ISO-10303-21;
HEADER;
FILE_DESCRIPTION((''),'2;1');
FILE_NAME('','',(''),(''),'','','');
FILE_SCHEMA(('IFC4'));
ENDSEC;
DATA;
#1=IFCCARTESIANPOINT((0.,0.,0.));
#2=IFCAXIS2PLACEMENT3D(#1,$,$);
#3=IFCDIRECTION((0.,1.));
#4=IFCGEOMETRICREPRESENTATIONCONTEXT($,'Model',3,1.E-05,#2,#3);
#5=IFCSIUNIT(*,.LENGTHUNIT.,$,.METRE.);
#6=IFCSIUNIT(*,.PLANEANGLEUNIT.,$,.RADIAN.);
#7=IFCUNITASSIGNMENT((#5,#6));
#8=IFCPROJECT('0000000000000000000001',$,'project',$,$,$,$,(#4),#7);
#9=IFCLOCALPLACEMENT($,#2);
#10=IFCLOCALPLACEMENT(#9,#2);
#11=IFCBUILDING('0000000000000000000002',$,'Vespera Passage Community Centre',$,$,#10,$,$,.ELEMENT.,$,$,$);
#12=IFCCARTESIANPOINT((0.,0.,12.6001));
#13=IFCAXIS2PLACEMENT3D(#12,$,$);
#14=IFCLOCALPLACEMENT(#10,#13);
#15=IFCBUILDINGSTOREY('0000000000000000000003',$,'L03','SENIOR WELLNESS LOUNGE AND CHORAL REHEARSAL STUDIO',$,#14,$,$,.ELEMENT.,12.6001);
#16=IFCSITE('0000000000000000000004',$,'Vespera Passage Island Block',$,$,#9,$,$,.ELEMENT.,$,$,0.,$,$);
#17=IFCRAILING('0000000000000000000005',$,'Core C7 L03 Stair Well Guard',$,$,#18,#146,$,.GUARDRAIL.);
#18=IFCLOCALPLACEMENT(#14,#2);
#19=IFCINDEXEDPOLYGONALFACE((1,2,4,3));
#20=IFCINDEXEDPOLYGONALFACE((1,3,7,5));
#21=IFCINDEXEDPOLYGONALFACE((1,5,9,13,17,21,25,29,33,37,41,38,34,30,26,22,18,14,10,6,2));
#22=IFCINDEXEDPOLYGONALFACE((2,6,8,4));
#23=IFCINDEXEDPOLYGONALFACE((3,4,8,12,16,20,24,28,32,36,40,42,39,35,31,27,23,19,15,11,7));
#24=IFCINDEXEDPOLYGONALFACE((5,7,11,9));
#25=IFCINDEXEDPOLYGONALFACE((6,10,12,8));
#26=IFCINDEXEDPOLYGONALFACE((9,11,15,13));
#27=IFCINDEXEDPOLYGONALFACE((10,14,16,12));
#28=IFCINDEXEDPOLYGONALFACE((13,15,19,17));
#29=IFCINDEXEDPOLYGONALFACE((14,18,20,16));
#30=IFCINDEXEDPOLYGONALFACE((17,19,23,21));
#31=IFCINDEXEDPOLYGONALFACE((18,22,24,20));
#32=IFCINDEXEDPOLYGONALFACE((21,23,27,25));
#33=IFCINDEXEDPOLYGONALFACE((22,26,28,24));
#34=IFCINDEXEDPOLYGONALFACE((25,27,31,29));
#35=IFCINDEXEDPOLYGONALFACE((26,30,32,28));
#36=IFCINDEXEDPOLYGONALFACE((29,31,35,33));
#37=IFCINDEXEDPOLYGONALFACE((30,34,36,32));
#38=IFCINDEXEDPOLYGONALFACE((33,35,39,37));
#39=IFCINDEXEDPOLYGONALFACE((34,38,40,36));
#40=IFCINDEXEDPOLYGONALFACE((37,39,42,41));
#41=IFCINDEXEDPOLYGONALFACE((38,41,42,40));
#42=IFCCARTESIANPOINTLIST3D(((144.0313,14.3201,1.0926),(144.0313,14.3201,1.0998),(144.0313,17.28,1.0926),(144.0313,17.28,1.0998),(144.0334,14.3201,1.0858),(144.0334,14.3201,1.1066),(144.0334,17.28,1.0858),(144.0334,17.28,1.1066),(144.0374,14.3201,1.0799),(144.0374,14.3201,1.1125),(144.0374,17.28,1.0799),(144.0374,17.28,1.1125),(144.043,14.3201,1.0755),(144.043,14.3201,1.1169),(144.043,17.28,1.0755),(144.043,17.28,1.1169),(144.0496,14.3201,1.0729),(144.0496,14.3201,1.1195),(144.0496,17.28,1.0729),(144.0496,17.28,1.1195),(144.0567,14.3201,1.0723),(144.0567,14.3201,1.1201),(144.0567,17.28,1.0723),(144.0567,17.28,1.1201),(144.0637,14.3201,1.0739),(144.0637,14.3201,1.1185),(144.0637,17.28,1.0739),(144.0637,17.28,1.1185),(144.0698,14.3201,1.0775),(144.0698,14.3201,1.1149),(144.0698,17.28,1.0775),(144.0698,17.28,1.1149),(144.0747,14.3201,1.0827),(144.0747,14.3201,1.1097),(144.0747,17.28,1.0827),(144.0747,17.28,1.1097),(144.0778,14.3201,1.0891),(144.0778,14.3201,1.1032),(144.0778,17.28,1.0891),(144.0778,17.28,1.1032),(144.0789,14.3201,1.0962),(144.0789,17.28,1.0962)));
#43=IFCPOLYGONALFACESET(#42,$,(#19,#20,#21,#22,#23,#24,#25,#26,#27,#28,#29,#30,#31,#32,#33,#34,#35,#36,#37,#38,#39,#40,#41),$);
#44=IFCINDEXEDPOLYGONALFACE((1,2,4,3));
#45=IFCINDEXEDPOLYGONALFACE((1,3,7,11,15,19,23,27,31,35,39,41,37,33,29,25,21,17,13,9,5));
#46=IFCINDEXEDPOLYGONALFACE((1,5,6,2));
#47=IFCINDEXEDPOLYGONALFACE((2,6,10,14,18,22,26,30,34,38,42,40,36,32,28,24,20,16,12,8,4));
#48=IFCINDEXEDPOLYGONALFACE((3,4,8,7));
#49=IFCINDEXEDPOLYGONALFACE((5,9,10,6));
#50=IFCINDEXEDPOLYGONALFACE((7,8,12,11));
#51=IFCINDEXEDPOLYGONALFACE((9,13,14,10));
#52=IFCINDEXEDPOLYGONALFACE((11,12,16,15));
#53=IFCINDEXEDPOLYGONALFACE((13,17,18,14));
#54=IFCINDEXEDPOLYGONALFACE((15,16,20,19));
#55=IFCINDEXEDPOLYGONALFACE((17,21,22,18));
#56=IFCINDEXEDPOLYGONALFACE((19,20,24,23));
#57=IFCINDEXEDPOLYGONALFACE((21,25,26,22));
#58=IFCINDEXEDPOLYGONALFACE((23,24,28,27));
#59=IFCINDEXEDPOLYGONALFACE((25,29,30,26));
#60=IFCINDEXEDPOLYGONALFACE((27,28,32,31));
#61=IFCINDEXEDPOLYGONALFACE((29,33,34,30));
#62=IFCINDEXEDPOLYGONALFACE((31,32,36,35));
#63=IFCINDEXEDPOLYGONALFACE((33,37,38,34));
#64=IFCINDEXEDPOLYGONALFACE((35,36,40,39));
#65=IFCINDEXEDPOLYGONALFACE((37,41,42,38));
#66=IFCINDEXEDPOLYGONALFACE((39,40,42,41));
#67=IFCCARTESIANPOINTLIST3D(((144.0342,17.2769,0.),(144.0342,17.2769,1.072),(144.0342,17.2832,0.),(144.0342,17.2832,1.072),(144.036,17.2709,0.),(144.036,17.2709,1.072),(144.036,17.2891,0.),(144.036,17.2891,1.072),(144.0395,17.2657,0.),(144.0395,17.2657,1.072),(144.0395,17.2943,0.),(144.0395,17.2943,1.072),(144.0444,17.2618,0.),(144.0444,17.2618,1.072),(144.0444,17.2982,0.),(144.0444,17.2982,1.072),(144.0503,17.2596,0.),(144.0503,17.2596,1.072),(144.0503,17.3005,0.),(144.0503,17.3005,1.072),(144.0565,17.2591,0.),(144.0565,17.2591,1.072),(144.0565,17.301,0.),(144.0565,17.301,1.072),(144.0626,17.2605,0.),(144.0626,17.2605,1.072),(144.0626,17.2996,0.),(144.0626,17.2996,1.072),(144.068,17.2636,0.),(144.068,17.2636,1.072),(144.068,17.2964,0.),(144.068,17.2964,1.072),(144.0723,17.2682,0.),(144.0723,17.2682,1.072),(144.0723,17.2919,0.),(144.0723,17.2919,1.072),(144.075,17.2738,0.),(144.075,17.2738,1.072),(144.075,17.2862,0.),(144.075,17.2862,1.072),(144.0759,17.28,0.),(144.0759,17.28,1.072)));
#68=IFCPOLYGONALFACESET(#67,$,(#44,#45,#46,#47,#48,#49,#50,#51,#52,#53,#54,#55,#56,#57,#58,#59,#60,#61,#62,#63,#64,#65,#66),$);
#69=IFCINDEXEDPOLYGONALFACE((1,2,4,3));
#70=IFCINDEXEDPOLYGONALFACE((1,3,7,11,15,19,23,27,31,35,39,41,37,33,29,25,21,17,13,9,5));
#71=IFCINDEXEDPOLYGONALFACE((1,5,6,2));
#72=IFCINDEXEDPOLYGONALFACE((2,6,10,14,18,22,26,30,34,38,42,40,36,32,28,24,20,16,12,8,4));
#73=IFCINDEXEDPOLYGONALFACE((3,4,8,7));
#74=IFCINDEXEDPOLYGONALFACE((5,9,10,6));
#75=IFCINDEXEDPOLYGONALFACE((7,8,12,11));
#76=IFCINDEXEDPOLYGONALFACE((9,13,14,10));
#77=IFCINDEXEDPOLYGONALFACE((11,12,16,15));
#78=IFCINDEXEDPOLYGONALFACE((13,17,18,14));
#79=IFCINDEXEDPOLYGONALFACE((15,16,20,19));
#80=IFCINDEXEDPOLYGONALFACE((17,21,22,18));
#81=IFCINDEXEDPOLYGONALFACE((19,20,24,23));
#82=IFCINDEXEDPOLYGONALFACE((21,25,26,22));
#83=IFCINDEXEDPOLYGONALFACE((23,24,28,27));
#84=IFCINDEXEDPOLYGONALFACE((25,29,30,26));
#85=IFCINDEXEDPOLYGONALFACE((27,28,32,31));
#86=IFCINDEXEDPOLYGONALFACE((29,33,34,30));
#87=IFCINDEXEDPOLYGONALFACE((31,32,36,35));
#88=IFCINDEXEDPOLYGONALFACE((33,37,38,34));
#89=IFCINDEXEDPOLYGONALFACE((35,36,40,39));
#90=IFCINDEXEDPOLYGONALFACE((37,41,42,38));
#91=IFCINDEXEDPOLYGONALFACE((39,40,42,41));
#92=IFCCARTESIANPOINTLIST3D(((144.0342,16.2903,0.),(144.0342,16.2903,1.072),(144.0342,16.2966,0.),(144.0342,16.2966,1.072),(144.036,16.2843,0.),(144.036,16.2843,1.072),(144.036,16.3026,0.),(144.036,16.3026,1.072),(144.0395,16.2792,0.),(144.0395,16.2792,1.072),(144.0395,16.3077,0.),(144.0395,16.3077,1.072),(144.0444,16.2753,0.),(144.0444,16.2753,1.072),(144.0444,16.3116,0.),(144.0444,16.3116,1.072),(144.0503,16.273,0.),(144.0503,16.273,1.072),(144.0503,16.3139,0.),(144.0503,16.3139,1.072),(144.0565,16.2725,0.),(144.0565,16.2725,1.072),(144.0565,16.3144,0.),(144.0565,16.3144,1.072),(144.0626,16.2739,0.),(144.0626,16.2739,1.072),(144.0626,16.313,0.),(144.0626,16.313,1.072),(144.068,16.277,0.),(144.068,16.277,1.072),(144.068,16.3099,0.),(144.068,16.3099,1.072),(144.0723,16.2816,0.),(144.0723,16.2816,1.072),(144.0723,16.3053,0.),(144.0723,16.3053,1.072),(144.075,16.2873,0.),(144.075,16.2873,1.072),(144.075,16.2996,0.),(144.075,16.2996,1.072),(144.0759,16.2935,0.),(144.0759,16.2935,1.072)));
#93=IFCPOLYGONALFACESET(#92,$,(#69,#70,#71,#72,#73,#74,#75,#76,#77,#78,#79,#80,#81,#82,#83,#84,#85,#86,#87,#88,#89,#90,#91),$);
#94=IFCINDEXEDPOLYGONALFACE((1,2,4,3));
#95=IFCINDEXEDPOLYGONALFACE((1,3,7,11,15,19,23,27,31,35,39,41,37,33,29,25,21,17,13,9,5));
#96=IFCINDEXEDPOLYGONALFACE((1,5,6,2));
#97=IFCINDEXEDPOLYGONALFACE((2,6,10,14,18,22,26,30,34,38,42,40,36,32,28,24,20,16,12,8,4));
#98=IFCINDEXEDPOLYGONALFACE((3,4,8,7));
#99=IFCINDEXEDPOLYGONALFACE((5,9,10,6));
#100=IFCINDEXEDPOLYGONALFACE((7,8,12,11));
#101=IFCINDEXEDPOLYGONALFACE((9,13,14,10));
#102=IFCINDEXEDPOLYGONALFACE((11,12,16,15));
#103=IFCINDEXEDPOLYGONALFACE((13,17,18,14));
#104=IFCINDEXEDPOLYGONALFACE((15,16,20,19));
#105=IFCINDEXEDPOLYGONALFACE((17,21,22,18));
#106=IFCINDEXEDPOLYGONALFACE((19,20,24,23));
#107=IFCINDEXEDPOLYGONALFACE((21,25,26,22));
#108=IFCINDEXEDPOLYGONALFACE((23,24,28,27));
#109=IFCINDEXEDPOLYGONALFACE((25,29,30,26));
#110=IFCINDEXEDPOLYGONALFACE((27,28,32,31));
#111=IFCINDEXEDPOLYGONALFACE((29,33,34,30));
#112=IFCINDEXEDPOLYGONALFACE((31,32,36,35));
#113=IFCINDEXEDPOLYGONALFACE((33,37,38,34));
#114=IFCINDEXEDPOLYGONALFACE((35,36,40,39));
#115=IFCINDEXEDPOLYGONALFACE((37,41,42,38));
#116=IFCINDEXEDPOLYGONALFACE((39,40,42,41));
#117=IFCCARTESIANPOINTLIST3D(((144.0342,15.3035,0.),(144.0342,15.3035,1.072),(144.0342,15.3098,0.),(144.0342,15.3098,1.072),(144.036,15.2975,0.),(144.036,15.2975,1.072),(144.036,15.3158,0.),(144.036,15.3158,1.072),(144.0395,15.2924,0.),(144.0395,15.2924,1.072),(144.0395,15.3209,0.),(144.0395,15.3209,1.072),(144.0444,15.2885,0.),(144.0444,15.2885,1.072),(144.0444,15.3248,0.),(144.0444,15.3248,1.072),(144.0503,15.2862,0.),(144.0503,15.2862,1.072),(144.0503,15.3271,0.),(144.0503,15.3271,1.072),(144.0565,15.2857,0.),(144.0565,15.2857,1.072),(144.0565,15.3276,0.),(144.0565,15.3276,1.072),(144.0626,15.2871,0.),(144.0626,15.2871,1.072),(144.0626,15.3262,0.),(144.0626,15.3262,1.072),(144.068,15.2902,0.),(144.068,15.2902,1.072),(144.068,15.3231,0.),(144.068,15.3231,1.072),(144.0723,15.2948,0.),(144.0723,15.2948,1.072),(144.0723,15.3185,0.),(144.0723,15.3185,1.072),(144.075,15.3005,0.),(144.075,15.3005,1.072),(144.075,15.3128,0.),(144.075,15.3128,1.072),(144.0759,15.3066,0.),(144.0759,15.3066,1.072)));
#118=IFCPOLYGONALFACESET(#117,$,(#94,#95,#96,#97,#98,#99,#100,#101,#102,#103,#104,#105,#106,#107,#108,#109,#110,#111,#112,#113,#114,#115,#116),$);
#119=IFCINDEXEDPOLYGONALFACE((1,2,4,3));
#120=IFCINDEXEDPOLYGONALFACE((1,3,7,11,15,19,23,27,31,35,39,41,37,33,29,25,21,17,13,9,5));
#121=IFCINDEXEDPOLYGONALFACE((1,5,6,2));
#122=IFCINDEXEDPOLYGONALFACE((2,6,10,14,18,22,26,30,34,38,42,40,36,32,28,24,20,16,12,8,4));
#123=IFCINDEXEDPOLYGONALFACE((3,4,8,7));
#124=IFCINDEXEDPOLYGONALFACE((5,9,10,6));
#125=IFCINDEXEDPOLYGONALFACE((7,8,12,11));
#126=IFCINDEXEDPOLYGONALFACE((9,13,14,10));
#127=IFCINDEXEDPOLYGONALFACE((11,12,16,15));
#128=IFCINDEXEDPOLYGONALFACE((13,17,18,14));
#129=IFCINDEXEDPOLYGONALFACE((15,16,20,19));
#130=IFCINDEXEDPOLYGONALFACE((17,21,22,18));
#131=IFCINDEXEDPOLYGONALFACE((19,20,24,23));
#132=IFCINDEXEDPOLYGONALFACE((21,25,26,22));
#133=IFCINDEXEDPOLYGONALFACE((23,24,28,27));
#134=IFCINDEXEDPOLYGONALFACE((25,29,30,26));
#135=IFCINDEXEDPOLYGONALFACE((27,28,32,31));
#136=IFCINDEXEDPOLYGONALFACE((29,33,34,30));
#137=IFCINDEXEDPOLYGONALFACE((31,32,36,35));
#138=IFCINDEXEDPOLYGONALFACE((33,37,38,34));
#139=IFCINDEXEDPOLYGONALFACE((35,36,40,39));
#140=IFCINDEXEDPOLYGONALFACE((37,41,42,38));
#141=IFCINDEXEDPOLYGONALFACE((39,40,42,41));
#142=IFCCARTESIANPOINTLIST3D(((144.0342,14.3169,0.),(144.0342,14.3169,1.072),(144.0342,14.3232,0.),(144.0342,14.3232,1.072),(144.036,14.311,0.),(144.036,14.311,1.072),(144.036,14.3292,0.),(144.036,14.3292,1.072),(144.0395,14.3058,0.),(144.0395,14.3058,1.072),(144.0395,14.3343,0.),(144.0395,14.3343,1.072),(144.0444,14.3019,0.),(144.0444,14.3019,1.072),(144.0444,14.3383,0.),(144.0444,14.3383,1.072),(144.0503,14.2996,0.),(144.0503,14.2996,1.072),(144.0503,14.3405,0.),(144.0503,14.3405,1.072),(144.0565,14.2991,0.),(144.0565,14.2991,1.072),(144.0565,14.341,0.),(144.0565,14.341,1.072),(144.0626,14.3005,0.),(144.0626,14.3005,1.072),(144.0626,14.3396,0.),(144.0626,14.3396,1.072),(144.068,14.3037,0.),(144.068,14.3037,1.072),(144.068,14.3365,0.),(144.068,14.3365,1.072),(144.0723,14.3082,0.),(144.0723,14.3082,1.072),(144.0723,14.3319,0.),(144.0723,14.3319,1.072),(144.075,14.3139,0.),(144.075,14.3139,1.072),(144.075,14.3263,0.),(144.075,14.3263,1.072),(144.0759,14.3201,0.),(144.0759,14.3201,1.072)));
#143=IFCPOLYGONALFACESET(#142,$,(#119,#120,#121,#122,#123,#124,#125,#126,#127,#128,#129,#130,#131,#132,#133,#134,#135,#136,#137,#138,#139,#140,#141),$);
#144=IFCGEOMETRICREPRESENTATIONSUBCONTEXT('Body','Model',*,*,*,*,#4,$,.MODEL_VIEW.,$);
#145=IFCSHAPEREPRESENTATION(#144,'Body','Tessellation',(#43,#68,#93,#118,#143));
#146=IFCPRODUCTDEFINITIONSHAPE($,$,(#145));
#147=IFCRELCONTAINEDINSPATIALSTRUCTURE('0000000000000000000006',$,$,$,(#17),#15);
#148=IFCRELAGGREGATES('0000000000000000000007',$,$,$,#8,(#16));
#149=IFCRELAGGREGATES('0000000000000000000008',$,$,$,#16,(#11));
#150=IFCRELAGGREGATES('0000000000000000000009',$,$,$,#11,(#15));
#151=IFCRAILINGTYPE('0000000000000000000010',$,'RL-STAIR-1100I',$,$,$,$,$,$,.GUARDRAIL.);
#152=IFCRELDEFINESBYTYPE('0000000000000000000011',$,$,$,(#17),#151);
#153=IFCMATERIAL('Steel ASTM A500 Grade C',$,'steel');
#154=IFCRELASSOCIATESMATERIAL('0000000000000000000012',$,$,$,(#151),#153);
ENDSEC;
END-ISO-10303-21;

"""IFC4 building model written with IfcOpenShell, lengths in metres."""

from ifc_helpers import new_model, si_unit, direction, frame, origin, origin_2d, place, context, subcontext, project, spatial, circle, extrude, material, type_object, element, save


model = new_model("IFC4")

# Units and contexts
model_context = context("Model", 3, precision=1e-05, world=origin(), true_north=direction((0.0, 1.0)))
body_context = subcontext(model_context, "Body", "Model", "MODEL_VIEW")
ifc_project = project(units=[si_unit("LENGTHUNIT", "METRE"), si_unit("PLANEANGLEUNIT", "RADIAN")], contexts=[model_context])

# Site, building, storey
site_placement = place(None, origin())
site = spatial("IfcSite", under=ifc_project, at=site_placement, Name="Vespera Passage Island Block", CompositionType="ELEMENT", RefElevation=0.0)
building_placement = place(site_placement, origin())
building = spatial("IfcBuilding", under=site, at=building_placement, Name="Vespera Passage Community Centre", CompositionType="ELEMENT")
storey_placement = place(building_placement, frame((0.0, 0.0, 12.6001)))
storey = spatial("IfcBuildingStorey", under=building, at=storey_placement, Name="L03", Description="SENIOR WELLNESS LOUNGE AND CHORAL REHEARSAL STUDIO", CompositionType="ELEMENT", Elevation=12.6001)

# Railing
ifc_material_1 = material(Name="Steel ASTM A500 Grade C", Category="steel")
railing_type_1 = type_object("IfcRailingType", Name="RL-STAIR-1100I", PredefinedType="GUARDRAIL", material=ifc_material_1)
railing_1_placement = place(storey_placement, frame((144.0549, 17.28, 0.0)))
element("IfcRailing", 1, at=railing_1_placement, inside=storey, type_object=railing_type_1, Name="Core C7 L03 Stair Well Guard", PredefinedType="GUARDRAIL", context=body_context, shape_type="SweptSolid", body=[
    extrude(circle(Radius=0.0239, at=origin_2d()), frame((0.0, 0.0, 1.0962), z_axis=(0.0, -1.0, 0.0), x_axis=(1.0, 0.0, 0.0)), (0.0, 0.0, 1.0), 2.96),
    extrude(circle(Radius=0.021, at=origin_2d()), origin(), (0.0, 0.0, 1.0), 1.072),
    extrude(circle(Radius=0.021, at=origin_2d()), frame((0.0, -0.9866, 0.0)), (0.0, 0.0, 1.0), 1.072),
    extrude(circle(Radius=0.021, at=origin_2d()), frame((0.0, -1.9734, 0.0)), (0.0, 0.0, 1.0), 1.072),
    extrude(circle(Radius=0.021, at=origin_2d()), frame((0.0, -2.96, 0.0)), (0.0, 0.0, 1.0), 1.072),
])

save(model, "model.ifc")
